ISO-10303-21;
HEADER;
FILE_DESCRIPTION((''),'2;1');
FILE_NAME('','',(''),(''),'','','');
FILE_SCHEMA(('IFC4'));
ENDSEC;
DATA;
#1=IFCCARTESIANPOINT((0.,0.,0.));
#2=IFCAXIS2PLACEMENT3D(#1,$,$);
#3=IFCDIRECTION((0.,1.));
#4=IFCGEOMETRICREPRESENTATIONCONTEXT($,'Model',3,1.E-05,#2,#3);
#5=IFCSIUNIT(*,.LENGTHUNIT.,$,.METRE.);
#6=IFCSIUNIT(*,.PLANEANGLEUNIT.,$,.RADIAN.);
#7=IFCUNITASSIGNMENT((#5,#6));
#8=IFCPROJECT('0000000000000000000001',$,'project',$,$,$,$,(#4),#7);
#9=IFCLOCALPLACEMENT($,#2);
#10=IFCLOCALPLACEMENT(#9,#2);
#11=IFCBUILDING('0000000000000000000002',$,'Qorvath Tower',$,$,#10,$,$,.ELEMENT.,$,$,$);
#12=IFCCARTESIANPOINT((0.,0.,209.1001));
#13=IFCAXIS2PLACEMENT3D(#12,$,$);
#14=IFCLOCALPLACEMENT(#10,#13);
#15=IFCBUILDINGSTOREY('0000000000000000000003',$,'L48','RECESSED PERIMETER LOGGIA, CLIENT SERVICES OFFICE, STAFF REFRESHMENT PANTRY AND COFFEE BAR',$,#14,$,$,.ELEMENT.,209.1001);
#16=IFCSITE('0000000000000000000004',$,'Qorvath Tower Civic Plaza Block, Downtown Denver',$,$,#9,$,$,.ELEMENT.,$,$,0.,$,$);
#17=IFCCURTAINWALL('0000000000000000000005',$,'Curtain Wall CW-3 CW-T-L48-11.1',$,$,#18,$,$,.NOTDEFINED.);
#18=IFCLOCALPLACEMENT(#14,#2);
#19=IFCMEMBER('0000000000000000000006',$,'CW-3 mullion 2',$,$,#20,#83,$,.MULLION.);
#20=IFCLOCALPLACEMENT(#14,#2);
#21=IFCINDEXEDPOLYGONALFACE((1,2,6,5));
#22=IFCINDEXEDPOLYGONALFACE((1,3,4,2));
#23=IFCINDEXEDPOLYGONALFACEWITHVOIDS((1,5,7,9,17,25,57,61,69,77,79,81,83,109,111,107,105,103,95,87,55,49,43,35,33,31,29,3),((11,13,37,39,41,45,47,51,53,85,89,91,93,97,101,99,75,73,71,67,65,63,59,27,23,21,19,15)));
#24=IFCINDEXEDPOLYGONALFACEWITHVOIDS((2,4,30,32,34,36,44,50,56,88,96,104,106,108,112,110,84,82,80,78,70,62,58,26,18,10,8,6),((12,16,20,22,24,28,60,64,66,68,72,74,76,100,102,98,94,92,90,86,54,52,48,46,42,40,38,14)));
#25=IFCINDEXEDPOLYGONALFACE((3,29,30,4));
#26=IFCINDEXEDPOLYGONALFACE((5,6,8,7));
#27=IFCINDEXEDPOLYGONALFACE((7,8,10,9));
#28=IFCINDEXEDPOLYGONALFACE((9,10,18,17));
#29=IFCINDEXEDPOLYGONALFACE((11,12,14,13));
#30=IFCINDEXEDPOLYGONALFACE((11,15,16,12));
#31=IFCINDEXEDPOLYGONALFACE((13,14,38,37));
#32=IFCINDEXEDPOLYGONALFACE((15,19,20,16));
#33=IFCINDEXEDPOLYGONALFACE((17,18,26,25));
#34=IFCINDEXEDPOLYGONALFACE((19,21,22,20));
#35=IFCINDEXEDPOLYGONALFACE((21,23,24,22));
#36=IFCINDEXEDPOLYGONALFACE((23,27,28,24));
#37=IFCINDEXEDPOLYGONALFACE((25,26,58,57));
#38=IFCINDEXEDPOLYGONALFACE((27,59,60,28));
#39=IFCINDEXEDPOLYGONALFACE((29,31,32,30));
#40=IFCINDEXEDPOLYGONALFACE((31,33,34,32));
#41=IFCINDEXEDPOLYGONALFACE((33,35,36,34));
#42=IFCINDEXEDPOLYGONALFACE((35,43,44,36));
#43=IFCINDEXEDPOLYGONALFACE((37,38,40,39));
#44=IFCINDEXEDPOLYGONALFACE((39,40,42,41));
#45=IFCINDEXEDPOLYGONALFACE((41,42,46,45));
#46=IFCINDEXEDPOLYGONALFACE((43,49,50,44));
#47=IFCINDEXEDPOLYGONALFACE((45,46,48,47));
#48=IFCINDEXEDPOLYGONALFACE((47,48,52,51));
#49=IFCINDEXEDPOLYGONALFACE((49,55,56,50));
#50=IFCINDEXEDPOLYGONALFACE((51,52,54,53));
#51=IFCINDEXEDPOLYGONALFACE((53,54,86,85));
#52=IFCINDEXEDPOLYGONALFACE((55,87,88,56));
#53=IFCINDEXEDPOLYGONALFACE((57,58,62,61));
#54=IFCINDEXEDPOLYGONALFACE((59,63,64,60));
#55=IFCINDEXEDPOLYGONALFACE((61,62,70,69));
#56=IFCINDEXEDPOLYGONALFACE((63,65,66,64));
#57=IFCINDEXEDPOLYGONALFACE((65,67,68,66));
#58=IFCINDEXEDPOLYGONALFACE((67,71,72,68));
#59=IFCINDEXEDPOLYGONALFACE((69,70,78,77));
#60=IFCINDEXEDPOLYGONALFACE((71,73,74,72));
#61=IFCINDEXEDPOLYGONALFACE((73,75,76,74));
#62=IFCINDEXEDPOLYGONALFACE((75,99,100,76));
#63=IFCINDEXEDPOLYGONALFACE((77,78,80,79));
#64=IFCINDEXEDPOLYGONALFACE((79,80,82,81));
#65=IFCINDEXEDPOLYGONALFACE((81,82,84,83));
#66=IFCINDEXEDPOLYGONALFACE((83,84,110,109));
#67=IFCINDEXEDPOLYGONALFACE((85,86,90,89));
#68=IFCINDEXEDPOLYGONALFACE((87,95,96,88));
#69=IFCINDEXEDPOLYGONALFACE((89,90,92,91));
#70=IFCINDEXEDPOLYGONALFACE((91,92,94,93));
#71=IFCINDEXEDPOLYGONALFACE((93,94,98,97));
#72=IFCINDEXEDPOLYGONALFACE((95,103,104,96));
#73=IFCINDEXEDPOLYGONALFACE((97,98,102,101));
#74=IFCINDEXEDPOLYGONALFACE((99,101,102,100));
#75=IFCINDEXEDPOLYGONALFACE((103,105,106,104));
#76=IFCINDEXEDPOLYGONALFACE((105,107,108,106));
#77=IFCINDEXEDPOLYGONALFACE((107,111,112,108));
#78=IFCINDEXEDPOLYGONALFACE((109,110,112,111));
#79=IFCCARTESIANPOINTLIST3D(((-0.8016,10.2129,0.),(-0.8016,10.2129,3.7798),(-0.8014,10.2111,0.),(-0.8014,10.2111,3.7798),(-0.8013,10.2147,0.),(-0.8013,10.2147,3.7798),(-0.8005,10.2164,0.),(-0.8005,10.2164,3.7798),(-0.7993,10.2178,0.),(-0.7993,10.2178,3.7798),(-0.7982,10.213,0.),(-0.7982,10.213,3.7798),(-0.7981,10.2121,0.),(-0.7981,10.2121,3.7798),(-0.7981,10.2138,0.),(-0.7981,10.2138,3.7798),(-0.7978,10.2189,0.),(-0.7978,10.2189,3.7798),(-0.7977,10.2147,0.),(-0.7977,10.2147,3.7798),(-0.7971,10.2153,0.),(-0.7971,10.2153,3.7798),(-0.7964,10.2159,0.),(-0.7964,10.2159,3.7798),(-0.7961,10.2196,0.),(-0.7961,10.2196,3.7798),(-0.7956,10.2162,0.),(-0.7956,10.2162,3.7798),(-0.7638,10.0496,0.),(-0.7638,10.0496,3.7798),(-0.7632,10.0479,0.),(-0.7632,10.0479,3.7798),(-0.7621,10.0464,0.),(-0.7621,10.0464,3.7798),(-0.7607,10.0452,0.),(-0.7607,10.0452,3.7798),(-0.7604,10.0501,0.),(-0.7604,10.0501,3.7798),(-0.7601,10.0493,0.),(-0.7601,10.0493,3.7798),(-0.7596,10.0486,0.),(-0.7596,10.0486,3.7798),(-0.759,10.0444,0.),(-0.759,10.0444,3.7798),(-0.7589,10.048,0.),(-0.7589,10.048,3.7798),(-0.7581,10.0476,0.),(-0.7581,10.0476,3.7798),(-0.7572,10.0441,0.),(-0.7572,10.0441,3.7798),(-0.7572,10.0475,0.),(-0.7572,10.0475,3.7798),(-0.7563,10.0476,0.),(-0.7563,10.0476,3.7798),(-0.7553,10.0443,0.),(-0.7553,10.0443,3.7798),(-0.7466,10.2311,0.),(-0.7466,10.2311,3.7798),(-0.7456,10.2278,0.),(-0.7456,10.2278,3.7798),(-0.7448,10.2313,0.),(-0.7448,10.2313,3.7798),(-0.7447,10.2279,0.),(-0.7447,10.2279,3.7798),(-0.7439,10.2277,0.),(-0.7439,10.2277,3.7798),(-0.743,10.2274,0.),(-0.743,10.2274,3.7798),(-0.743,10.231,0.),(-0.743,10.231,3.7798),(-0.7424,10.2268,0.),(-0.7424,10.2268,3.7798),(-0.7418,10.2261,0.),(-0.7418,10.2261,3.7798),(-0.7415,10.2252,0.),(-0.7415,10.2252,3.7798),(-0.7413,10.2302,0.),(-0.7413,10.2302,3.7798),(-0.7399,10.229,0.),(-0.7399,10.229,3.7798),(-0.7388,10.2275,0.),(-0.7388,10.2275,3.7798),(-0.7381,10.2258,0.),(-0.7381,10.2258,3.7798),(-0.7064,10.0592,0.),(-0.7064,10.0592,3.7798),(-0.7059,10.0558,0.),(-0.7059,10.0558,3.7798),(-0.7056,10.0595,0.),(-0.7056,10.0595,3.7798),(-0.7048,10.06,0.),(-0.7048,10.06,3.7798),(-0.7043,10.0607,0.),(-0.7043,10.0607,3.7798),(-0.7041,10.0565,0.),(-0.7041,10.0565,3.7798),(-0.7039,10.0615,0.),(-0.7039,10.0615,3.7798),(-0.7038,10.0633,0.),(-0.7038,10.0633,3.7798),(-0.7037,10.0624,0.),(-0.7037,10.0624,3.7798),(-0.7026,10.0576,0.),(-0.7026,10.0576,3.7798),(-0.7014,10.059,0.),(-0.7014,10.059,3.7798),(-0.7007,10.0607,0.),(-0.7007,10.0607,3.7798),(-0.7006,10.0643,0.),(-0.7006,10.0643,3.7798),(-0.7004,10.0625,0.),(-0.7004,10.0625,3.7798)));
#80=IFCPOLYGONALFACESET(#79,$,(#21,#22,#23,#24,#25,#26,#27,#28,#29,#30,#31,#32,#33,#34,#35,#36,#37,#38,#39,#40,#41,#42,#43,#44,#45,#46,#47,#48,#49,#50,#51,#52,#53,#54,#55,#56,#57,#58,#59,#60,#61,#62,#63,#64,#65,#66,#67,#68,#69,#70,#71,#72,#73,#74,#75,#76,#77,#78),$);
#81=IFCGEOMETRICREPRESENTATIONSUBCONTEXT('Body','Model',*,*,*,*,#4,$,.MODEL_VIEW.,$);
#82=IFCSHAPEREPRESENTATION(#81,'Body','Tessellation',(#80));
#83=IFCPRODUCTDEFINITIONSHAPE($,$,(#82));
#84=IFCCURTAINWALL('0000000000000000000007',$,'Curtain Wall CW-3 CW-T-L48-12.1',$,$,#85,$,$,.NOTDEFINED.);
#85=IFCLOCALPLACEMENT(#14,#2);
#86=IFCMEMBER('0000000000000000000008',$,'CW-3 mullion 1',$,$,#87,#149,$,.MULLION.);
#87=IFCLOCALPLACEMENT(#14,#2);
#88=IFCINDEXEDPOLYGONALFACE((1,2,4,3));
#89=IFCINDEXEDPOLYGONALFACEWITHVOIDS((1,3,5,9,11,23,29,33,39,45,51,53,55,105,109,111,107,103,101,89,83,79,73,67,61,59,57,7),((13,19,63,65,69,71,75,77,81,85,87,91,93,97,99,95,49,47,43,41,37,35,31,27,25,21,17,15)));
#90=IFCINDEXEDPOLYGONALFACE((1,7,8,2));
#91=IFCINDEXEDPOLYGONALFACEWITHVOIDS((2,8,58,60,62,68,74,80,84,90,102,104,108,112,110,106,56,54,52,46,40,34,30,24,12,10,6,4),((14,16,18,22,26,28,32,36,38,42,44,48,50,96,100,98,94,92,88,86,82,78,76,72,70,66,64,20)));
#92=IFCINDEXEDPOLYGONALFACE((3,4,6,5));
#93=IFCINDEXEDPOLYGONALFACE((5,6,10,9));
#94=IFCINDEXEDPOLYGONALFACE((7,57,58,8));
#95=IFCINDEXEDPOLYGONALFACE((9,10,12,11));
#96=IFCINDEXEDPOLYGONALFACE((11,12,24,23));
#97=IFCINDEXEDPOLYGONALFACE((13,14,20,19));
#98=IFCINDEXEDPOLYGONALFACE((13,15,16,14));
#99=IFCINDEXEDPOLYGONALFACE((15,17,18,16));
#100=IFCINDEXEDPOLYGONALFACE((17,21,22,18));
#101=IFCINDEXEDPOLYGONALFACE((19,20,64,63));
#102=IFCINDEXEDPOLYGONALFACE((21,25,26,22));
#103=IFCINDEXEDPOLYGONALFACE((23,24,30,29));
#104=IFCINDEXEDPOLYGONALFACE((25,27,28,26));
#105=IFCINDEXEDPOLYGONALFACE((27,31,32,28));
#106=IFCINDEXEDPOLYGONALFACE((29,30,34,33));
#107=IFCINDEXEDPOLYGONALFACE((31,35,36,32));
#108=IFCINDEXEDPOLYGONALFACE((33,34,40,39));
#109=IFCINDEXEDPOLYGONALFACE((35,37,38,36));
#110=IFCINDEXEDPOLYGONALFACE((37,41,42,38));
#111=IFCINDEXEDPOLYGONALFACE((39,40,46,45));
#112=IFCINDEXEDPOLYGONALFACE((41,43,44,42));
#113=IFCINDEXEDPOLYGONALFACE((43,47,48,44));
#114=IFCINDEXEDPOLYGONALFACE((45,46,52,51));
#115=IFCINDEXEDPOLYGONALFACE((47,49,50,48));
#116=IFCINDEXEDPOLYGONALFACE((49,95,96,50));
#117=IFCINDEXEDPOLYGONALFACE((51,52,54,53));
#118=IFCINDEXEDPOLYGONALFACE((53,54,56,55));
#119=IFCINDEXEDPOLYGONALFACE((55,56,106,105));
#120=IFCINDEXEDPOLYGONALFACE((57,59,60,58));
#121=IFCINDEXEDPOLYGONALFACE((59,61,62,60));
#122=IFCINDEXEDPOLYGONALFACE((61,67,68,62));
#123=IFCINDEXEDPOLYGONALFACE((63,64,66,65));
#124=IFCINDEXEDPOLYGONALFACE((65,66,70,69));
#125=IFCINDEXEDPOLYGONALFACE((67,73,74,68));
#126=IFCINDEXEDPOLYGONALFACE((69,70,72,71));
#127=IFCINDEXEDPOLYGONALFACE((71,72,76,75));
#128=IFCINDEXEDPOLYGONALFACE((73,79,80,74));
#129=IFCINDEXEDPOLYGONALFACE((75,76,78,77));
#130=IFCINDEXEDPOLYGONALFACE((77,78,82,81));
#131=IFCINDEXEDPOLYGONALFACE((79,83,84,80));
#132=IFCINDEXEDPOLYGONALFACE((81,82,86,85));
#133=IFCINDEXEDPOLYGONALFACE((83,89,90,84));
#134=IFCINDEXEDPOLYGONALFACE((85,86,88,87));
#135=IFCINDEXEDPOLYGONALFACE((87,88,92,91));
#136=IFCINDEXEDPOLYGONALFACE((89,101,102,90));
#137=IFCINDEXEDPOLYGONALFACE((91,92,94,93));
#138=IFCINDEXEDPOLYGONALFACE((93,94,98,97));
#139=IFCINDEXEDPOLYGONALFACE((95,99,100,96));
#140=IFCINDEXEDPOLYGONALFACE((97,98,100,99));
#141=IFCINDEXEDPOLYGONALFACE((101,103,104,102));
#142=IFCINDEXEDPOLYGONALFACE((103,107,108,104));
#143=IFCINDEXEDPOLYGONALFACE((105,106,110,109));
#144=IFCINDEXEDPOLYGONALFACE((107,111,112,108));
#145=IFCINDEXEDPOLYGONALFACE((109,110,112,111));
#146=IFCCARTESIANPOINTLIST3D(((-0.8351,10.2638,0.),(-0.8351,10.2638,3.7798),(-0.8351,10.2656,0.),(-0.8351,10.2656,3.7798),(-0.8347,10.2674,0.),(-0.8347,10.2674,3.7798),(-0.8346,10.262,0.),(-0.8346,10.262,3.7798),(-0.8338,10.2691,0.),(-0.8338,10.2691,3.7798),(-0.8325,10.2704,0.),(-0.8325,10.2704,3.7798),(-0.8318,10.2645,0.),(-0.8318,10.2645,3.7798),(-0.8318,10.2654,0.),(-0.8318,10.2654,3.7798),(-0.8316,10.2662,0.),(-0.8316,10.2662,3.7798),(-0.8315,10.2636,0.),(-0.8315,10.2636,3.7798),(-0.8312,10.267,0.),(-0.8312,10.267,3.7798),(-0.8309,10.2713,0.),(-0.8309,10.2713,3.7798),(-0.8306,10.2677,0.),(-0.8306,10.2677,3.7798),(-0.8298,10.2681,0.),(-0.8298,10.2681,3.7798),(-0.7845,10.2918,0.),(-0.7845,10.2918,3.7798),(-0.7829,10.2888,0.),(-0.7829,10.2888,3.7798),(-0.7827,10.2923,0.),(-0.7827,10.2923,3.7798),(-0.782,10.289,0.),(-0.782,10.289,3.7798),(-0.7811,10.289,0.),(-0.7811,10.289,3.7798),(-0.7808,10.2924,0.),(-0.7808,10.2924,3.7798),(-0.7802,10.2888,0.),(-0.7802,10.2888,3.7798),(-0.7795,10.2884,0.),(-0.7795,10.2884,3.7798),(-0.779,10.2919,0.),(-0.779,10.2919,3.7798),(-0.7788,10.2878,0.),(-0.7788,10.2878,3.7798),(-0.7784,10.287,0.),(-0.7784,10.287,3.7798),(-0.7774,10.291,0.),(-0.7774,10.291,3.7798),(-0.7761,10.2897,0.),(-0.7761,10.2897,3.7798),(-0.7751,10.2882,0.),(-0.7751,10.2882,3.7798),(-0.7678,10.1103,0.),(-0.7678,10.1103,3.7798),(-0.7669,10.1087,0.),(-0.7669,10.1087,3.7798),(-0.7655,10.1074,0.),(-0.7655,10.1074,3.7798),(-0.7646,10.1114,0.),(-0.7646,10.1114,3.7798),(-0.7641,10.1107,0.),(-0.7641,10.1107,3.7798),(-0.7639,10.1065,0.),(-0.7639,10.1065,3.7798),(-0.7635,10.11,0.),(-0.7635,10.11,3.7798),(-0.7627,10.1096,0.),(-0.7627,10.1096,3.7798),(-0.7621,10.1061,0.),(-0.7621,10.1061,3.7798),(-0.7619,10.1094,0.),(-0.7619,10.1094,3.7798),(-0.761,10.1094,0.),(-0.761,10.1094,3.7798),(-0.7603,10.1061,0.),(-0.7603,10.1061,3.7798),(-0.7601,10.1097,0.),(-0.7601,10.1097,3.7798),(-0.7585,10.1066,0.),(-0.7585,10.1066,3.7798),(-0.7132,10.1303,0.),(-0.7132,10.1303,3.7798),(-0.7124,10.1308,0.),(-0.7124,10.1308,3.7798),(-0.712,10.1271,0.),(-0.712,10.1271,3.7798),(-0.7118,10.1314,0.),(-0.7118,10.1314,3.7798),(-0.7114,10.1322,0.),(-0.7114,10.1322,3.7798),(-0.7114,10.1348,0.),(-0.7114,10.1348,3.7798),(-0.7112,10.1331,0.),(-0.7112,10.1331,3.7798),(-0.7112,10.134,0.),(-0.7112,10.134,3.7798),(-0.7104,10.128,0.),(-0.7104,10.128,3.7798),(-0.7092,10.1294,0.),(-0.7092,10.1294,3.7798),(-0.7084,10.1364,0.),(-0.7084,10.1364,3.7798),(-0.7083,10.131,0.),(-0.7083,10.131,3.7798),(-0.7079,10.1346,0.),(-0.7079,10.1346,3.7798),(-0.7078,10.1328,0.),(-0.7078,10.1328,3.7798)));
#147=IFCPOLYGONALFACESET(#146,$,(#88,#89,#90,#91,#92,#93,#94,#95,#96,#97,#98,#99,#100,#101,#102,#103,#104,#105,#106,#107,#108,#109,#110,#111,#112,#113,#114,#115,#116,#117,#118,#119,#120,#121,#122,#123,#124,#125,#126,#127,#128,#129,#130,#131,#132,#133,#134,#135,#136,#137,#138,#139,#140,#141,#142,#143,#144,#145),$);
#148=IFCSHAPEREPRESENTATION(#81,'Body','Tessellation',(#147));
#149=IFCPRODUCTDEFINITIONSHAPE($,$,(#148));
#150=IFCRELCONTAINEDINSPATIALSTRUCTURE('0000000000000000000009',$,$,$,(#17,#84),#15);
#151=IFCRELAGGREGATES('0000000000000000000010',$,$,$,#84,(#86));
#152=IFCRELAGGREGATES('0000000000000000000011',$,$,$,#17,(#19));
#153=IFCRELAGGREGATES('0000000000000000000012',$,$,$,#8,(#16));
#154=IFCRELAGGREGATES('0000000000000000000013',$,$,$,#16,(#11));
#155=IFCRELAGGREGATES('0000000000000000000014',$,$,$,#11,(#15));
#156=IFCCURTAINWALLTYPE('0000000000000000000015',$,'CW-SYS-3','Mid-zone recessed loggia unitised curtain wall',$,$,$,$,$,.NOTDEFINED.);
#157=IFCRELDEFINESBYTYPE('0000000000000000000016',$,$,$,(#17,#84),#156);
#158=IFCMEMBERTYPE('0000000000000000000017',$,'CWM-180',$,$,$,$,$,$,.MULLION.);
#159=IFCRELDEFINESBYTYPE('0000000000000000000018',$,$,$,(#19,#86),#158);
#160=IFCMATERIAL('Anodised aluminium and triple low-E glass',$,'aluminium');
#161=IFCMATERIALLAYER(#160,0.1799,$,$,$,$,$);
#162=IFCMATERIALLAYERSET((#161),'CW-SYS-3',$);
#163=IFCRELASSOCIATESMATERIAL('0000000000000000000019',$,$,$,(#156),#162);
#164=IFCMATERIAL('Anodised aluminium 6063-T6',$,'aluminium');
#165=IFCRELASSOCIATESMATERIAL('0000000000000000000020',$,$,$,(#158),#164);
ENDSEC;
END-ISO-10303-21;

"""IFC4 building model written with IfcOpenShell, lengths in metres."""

from ifc_helpers import new_model, si_unit, direction, frame, origin, origin_2d, place, context, subcontext, project, spatial, hollow_rectangle, extrude, material, layer, layer_set, material_profile, profile_set, type_object, element, aggregate, save


model = new_model("IFC4")

# Units and contexts
model_context = context("Model", 3, precision=1e-05, world=origin(), true_north=direction((0.0, 1.0)))
body_context = subcontext(model_context, "Body", "Model", "MODEL_VIEW")
ifc_project = project(units=[si_unit("LENGTHUNIT", "METRE"), si_unit("PLANEANGLEUNIT", "RADIAN")], contexts=[model_context])

# Site, building, storey
site_placement = place(None, origin())
site = spatial("IfcSite", under=ifc_project, at=site_placement, Name="Qorvath Tower Civic Plaza Block, Downtown Denver", CompositionType="ELEMENT", RefElevation=0.0)
building_placement = place(site_placement, origin())
building = spatial("IfcBuilding", under=site, at=building_placement, Name="Qorvath Tower", CompositionType="ELEMENT")
storey_placement = place(building_placement, frame((0.0, 0.0, 209.1001)))
storey = spatial("IfcBuildingStorey", under=building, at=storey_placement, Name="L48", Description="RECESSED PERIMETER LOGGIA, CLIENT SERVICES OFFICE, STAFF REFRESHMENT PANTRY AND COFFEE BAR", CompositionType="ELEMENT", Elevation=209.1001)

# Shared definitions
ifc_material_1 = material(Name="Anodised aluminium and triple low-E glass", Category="aluminium")
ifc_layer_1 = layer(ifc_material_1, 0.1799)
ifc_layer_set_1 = layer_set([ifc_layer_1], Name="CW-SYS-3")
curtain_wall_type = type_object("IfcCurtainWallType", Name="CW-SYS-3", Description="Mid-zone recessed loggia unitised curtain wall", PredefinedType="NOTDEFINED", material=ifc_layer_set_1)
ifc_material_2 = material(Name="Anodised aluminium 6063-T6", Category="aluminium")
ifc_material_profile_1 = material_profile(ifc_material_2, hollow_rectangle(XDim=0.0649, YDim=0.1799, WallThickness=0.0034, InnerFilletRadius=0.0034, OuterFilletRadius=0.0071, at=origin_2d()), Name="CWM 180x65")
ifc_profile_set_1 = profile_set([ifc_material_profile_1], Name="Anodised aluminium 6063-T6")
member_type_1 = type_object("IfcMemberType", Name="CWM-180", PredefinedType="MULLION", material=ifc_profile_set_1)

# Curtain wall, member
curtain_wall_1_placement = place(storey_placement, origin())
curtain_wall_1 = element("IfcCurtainWall", 1, at=curtain_wall_1_placement, inside=storey, type_object=curtain_wall_type, Name="Curtain Wall CW-3 CW-T-L48-11.1", PredefinedType="NOTDEFINED")
member_1_placement = place(storey_placement, frame((-0.751, 10.1377, 0.0), z_axis=(0.0, 0.0, 1.0), x_axis=(-0.973971, -0.226671, 0.0)))
member_1 = element("IfcMember", 2, at=member_1_placement, type_object=member_type_1, Name="CW-3 mullion 2", PredefinedType="MULLION", context=body_context, shape_type="SweptSolid", body=[
    extrude(hollow_rectangle(XDim=0.0649, YDim=0.1799, WallThickness=0.0034, InnerFilletRadius=0.0034, OuterFilletRadius=0.0071, at=origin_2d()), origin(), (0.0, 0.0, 1.0), 3.7798),
])

# Curtain wall, member
curtain_wall_2_placement = place(storey_placement, origin())
curtain_wall_2 = element("IfcCurtainWall", 3, at=curtain_wall_2_placement, inside=storey, type_object=curtain_wall_type, Name="Curtain Wall CW-3 CW-T-L48-12.1", PredefinedType="NOTDEFINED")
member_2_placement = place(storey_placement, frame((-0.7715, 10.1992, 0.0), z_axis=(0.0, 0.0, 1.0), x_axis=(-0.915381, -0.402589, 0.0)))
member_2 = element("IfcMember", 4, at=member_2_placement, type_object=member_type_1, Name="CW-3 mullion 1", PredefinedType="MULLION", context=body_context, shape_type="SweptSolid", body=[
    extrude(hollow_rectangle(XDim=0.0649, YDim=0.1799, WallThickness=0.0034, InnerFilletRadius=0.0034, OuterFilletRadius=0.0071, at=origin_2d()), origin(), (0.0, 0.0, 1.0), 3.7798),
])

aggregate(curtain_wall_2, [member_2])

aggregate(curtain_wall_1, [member_1])

save(model, "model.ifc")
